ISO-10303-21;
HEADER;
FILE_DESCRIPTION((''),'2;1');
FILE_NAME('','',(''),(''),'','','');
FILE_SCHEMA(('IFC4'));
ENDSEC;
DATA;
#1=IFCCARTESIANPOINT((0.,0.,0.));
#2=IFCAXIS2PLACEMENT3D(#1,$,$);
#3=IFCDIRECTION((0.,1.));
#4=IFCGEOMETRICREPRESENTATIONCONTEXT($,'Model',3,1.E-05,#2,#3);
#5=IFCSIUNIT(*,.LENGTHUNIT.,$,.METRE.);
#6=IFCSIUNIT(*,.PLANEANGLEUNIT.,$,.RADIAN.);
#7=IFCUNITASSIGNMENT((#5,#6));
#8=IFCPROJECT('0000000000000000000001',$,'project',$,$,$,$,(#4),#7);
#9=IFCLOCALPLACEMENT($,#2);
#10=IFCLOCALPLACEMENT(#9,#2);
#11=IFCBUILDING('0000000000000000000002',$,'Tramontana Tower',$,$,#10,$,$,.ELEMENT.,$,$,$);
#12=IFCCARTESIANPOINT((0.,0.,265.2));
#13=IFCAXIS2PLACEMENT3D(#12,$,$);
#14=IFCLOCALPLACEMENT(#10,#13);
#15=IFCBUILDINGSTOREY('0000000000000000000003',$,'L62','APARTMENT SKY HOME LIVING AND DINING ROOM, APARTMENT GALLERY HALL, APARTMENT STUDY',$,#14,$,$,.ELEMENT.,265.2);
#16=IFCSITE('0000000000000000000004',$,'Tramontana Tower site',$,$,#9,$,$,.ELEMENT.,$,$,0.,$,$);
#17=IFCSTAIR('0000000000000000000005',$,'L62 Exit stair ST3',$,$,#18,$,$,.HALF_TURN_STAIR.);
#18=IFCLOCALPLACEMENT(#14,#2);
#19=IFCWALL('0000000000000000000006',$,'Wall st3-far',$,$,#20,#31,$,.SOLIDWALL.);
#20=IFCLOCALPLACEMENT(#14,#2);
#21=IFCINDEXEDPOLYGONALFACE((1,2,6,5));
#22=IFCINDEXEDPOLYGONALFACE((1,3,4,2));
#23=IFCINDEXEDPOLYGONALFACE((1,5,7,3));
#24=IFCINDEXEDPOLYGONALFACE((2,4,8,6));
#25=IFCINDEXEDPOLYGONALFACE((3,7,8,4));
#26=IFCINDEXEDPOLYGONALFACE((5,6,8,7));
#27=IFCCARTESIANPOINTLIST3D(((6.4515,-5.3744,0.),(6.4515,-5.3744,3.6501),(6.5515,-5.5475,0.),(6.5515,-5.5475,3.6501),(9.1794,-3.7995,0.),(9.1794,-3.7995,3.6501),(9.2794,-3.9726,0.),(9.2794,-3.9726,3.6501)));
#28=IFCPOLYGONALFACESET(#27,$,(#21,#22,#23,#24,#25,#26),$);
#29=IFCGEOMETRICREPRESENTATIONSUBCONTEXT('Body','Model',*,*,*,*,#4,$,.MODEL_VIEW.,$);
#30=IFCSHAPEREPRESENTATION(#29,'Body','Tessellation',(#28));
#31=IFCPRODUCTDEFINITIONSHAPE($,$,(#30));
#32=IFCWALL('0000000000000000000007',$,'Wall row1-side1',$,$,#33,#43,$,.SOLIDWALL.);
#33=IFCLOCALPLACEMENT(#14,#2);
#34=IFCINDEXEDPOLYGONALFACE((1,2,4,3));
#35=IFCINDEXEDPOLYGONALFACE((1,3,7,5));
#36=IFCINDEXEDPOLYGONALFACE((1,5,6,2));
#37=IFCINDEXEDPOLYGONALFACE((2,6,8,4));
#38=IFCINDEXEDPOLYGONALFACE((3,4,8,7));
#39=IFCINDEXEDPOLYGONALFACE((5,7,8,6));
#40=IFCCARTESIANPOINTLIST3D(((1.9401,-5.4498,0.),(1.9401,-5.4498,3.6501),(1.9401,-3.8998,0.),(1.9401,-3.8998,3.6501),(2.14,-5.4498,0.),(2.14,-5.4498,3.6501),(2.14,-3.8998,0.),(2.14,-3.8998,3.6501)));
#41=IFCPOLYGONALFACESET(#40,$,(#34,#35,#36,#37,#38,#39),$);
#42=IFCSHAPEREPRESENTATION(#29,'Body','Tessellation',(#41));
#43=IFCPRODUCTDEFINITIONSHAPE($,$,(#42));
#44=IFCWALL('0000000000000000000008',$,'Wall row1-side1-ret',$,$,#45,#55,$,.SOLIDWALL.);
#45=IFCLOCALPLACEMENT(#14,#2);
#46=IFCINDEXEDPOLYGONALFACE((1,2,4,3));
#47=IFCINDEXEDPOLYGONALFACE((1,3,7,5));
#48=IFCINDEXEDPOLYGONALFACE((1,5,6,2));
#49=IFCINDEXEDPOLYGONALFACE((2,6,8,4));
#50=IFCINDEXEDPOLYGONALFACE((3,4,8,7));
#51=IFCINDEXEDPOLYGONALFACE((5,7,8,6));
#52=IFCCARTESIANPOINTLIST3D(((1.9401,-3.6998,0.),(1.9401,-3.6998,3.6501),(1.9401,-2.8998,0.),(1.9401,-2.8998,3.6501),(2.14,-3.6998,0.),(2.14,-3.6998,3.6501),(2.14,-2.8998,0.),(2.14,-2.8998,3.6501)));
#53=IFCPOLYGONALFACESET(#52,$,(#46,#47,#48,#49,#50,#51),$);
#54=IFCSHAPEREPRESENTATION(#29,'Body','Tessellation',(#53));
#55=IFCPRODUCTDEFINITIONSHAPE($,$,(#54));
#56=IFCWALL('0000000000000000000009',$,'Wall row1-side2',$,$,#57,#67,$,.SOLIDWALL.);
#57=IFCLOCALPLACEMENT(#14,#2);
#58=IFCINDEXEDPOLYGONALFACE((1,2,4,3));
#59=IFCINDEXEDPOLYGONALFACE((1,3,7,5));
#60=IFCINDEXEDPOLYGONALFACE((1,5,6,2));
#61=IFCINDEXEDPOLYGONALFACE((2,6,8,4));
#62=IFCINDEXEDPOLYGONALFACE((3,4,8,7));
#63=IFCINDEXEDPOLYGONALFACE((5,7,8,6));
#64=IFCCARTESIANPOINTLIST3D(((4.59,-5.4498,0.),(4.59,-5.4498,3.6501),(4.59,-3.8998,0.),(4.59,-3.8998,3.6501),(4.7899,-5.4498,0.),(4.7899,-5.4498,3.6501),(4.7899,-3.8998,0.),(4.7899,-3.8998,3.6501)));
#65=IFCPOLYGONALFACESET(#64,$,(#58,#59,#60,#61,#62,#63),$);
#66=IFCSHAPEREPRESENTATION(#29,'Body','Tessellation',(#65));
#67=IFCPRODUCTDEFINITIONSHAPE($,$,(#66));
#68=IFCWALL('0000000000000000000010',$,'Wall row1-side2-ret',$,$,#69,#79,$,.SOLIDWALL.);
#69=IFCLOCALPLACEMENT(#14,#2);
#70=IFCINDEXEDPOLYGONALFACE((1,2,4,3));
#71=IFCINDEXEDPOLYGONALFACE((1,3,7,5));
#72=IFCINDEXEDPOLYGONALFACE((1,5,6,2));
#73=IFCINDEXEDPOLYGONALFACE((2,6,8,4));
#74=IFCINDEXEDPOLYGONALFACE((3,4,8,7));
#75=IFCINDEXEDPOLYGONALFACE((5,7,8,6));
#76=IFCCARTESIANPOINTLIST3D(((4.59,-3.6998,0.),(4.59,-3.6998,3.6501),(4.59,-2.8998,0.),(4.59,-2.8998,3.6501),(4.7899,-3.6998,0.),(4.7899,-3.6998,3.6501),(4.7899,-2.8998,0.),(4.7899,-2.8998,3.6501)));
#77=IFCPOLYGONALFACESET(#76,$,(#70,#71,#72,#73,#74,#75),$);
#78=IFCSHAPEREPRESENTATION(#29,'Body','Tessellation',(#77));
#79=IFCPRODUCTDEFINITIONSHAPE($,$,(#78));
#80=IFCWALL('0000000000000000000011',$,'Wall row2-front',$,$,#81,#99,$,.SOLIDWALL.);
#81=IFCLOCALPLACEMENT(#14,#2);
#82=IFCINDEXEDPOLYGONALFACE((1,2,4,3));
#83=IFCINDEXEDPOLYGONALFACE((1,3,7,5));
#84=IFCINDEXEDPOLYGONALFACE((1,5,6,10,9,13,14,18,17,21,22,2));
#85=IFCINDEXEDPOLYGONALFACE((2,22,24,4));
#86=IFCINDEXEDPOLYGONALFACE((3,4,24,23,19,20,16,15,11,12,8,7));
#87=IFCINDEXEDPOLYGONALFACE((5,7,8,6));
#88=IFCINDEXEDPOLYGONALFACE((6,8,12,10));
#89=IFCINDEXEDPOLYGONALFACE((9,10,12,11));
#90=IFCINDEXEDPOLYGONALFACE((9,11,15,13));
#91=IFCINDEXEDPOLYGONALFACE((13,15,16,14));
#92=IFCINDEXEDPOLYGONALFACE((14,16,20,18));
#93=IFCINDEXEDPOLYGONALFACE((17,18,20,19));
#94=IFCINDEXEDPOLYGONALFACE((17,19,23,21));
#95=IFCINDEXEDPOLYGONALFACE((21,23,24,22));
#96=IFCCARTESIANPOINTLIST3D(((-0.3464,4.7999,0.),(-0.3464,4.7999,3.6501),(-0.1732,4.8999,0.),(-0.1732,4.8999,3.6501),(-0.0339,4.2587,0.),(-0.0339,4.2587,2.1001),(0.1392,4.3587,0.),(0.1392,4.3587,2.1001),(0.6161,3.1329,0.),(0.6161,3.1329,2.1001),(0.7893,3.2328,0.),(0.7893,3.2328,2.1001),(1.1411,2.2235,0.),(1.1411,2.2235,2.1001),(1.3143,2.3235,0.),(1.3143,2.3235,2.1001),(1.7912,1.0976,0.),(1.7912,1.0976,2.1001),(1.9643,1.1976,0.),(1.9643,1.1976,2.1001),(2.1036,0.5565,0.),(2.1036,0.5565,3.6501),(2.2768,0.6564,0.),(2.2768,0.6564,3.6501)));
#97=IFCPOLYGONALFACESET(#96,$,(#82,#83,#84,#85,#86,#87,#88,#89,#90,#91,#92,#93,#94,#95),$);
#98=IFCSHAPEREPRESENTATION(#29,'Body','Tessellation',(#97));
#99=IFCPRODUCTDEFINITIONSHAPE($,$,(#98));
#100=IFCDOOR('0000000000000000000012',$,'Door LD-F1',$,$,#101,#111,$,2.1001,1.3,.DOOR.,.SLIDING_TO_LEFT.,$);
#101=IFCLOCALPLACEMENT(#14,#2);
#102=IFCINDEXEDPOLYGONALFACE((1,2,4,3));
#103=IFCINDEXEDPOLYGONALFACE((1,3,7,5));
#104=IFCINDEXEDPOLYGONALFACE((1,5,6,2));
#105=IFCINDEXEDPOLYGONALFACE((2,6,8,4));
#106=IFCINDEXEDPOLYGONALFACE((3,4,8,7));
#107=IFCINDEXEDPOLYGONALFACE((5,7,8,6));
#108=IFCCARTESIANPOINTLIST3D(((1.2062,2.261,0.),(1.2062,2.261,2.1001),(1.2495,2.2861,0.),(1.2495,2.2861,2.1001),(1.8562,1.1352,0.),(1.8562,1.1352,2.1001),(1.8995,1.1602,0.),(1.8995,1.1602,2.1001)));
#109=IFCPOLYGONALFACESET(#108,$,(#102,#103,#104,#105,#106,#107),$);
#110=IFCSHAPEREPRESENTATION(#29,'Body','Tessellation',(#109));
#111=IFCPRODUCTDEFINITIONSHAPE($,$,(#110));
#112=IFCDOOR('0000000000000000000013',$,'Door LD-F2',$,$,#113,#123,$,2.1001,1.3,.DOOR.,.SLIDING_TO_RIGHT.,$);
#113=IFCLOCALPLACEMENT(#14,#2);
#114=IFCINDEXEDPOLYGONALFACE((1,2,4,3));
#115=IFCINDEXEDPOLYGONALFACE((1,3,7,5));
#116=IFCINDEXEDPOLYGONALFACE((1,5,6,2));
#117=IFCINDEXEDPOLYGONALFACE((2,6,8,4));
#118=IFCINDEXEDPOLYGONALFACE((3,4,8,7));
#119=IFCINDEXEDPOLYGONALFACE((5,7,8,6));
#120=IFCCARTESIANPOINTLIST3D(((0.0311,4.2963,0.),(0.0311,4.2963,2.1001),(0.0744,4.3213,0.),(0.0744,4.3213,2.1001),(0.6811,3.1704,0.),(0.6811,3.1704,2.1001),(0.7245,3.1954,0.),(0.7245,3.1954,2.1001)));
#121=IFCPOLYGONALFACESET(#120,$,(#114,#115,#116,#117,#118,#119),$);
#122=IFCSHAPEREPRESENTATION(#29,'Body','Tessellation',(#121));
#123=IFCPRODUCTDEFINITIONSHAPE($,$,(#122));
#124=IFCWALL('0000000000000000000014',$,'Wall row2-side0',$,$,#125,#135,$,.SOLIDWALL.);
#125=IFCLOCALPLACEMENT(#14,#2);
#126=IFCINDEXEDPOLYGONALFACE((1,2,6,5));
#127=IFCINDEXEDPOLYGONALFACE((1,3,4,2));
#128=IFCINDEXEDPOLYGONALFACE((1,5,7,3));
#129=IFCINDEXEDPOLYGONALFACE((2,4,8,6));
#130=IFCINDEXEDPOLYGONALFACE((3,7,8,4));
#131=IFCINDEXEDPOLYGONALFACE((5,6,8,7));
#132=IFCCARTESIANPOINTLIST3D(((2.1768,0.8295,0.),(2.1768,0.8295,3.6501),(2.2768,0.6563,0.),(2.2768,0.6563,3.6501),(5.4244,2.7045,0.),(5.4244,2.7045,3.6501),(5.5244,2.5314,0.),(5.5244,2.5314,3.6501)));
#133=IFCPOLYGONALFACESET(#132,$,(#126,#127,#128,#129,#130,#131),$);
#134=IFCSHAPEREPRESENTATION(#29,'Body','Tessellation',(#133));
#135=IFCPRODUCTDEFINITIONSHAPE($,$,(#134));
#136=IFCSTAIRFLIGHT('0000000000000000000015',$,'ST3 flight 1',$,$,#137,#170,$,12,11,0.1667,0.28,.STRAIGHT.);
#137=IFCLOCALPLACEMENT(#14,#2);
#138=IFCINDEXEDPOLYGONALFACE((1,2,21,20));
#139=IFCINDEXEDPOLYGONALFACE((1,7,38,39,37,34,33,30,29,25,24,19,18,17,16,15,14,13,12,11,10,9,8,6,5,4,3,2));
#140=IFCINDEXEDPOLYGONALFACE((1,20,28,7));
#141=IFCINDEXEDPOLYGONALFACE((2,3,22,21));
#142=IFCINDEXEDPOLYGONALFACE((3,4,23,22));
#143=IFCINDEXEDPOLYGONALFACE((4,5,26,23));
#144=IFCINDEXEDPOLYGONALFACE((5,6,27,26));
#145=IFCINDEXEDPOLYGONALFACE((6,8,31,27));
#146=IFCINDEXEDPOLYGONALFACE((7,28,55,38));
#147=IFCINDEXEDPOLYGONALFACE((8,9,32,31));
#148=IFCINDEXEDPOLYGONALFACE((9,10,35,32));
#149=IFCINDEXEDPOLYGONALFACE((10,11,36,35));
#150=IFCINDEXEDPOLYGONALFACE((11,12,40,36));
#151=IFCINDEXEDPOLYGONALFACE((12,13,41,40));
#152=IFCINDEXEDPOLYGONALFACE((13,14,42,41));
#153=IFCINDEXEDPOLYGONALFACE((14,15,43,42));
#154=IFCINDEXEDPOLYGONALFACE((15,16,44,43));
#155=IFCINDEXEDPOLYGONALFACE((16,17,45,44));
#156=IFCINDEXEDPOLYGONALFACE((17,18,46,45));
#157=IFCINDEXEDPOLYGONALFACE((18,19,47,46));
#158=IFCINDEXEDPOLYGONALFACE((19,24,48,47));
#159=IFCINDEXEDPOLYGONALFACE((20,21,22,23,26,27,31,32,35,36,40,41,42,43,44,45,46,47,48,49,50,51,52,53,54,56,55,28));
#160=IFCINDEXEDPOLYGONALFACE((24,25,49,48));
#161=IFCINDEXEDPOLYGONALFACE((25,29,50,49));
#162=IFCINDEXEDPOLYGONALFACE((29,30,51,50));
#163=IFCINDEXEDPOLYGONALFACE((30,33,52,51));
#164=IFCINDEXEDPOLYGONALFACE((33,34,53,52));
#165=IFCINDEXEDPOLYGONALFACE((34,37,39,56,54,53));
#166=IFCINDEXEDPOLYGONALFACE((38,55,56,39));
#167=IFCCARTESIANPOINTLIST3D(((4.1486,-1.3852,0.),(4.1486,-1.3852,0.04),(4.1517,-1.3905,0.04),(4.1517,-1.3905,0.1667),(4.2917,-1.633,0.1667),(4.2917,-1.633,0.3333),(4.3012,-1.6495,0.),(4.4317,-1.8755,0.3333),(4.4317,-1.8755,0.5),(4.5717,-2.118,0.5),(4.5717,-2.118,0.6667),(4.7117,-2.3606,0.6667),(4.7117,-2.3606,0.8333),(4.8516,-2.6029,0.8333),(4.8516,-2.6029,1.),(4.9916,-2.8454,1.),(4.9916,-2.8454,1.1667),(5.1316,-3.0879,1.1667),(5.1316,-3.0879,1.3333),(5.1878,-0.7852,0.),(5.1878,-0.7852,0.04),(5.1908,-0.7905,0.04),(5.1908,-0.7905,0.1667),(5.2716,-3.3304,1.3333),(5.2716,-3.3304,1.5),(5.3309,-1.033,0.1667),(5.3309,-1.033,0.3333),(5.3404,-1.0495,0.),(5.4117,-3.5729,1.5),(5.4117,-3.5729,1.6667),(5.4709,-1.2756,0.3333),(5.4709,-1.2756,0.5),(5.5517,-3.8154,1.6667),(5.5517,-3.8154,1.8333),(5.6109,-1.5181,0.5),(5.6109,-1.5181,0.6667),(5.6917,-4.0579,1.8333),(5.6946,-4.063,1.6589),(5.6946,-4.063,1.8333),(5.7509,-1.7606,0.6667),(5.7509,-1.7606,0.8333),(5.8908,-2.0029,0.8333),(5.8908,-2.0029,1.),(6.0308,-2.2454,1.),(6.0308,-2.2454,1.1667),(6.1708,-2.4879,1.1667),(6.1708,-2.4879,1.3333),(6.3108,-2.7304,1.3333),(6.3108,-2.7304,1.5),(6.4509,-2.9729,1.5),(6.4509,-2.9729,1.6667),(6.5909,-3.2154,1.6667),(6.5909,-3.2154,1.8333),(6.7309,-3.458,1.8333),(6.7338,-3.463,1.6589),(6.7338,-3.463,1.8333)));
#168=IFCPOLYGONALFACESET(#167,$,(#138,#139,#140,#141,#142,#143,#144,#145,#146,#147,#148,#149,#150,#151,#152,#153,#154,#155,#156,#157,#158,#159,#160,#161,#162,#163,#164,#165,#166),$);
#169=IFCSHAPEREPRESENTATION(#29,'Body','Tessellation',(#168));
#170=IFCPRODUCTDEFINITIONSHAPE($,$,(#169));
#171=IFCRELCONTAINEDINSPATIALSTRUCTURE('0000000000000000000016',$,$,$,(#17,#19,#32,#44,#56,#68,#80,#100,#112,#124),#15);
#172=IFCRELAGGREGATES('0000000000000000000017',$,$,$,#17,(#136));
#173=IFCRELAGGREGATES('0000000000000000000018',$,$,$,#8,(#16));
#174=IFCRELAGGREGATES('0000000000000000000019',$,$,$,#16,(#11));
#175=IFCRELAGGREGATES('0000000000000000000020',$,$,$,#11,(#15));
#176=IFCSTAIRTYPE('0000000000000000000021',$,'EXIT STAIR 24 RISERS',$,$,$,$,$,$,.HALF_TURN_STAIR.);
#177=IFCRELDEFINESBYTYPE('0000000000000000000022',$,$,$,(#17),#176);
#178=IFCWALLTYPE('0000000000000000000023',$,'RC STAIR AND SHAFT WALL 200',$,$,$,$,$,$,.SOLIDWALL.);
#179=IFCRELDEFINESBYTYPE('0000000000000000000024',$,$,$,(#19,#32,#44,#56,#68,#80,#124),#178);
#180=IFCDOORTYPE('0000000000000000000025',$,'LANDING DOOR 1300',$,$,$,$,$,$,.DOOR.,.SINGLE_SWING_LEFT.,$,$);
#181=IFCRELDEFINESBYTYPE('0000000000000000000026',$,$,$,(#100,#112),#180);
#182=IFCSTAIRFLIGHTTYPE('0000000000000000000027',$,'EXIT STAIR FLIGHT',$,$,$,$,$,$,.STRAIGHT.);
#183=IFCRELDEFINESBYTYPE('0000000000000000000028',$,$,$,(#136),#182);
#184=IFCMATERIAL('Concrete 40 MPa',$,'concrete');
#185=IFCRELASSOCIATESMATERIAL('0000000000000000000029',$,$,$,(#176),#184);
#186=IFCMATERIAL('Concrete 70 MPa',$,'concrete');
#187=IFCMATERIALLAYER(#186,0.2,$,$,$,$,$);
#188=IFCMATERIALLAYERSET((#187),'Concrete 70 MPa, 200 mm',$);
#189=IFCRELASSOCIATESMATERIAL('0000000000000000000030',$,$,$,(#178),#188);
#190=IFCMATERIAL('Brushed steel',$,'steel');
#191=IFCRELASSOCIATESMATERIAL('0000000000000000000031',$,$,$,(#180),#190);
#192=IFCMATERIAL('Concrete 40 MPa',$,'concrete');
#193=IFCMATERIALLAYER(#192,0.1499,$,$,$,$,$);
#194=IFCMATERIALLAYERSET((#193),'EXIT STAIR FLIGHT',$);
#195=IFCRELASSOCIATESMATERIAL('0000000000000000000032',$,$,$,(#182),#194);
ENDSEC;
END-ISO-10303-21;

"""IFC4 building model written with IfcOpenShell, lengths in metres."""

from ifc_helpers import new_model, si_unit, direction, frame, frame_2d, origin, place, context, subcontext, project, spatial, polyline, rectangle, outline, extrude, material, layer, layer_set, type_object, element, fill, aggregate, save


model = new_model("IFC4")

# Units and contexts
model_context = context("Model", 3, precision=1e-05, world=origin(), true_north=direction((0.0, 1.0)))
body_context = subcontext(model_context, "Body", "Model", "MODEL_VIEW")
ifc_project = project(units=[si_unit("LENGTHUNIT", "METRE"), si_unit("PLANEANGLEUNIT", "RADIAN")], contexts=[model_context])

# Site, building, storey
site_placement = place(None, origin())
site = spatial("IfcSite", under=ifc_project, at=site_placement, Name="Tramontana Tower site", CompositionType="ELEMENT", RefElevation=0.0)
building_placement = place(site_placement, origin())
building = spatial("IfcBuilding", under=site, at=building_placement, Name="Tramontana Tower", CompositionType="ELEMENT")
storey_placement = place(building_placement, frame((0.0, 0.0, 265.2)))
storey = spatial("IfcBuildingStorey", under=building, at=storey_placement, Name="L62", Description="APARTMENT SKY HOME LIVING AND DINING ROOM, APARTMENT GALLERY HALL, APARTMENT STUDY", CompositionType="ELEMENT", Elevation=265.2)

# Stair
ifc_material_1 = material(Name="Concrete 40 MPa", Category="concrete")
stair_type = type_object("IfcStairType", Name="EXIT STAIR 24 RISERS", PredefinedType="HALF_TURN_STAIR", material=ifc_material_1)
stair_1_placement = place(storey_placement, origin())
stair_1 = element("IfcStair", 1, at=stair_1_placement, inside=storey, type_object=stair_type, Name="L62 Exit stair ST3", PredefinedType="HALF_TURN_STAIR")

# Wall
ifc_material_2 = material(Name="Concrete 70 MPa", Category="concrete")
ifc_layer_1 = layer(ifc_material_2, 0.2)
ifc_layer_set_1 = layer_set([ifc_layer_1], Name="Concrete 70 MPa, 200 mm")
wall_type = type_object("IfcWallType", Name="RC STAIR AND SHAFT WALL 200", PredefinedType="SOLIDWALL", material=ifc_layer_set_1)
wall_1_placement = place(storey_placement, frame((6.5015, -5.4609, 0.0), z_axis=(0.0, 0.0, 1.0), x_axis=(0.866036, 0.499982, 0.0)))
element("IfcWall", 2, at=wall_1_placement, inside=storey, type_object=wall_type, Name="Wall st3-far", PredefinedType="SOLIDWALL", context=body_context, shape_type="SweptSolid", body=[
    extrude(rectangle(XDim=3.1499, YDim=0.2, at=frame_2d((1.575, 0.0))), origin(), (0.0, 0.0, 1.0), 3.6501),
])

# Walls
wall_2_placement = place(storey_placement, frame((2.04, -3.8999, 0.0), z_axis=(0.0, 0.0, 1.0), x_axis=(0.0, -1.0, 0.0)))
element("IfcWall", 3, at=wall_2_placement, inside=storey, type_object=wall_type, Name="Wall row1-side1", PredefinedType="SOLIDWALL", context=body_context, shape_type="SweptSolid", body=[
    extrude(rectangle(XDim=1.55, YDim=0.2, at=frame_2d((0.7749, 0.0))), origin(), (0.0, 0.0, 1.0), 3.6501),
])
wall_3_placement = place(storey_placement, frame((2.04, -2.8999, 0.0), z_axis=(0.0, 0.0, 1.0), x_axis=(0.0, -1.0, 0.0)))
element("IfcWall", 4, at=wall_3_placement, inside=storey, type_object=wall_type, Name="Wall row1-side1-ret", PredefinedType="SOLIDWALL", context=body_context, shape_type="SweptSolid", body=[
    extrude(rectangle(XDim=0.8, YDim=0.2, at=frame_2d((0.3999, 0.0))), origin(), (0.0, 0.0, 1.0), 3.6501),
])
wall_4_placement = place(storey_placement, frame((4.6899, -3.8999, 0.0), z_axis=(0.0, 0.0, 1.0), x_axis=(0.0, -1.0, 0.0)))
element("IfcWall", 5, at=wall_4_placement, inside=storey, type_object=wall_type, Name="Wall row1-side2", PredefinedType="SOLIDWALL", context=body_context, shape_type="SweptSolid", body=[
    extrude(rectangle(XDim=1.55, YDim=0.2, at=frame_2d((0.7749, 0.0))), origin(), (0.0, 0.0, 1.0), 3.6501),
])
wall_5_placement = place(storey_placement, frame((4.6899, -2.8999, 0.0), z_axis=(0.0, 0.0, 1.0), x_axis=(0.0, -1.0, 0.0)))
element("IfcWall", 6, at=wall_5_placement, inside=storey, type_object=wall_type, Name="Wall row1-side2-ret", PredefinedType="SOLIDWALL", context=body_context, shape_type="SweptSolid", body=[
    extrude(rectangle(XDim=0.8, YDim=0.2, at=frame_2d((0.3999, 0.0))), origin(), (0.0, 0.0, 1.0), 3.6501),
])

# Wall, openings, doors
wall_6_placement = place(storey_placement, frame((2.1902, 0.6064, 0.0), z_axis=(0.0, 0.0, 1.0), x_axis=(-0.500003, 0.866024, 0.0)))
wall_6 = element("IfcWall", 7, at=wall_6_placement, inside=storey, type_object=wall_type, Name="Wall row2-front", PredefinedType="SOLIDWALL", context=body_context, shape_type="SweptSolid", body=[
    extrude(rectangle(XDim=4.8999, YDim=0.2, at=frame_2d((2.45, 0.0))), origin(), (0.0, 0.0, 1.0), 3.6501),
])
opening_1_placement = place(wall_6_placement, frame((0.625, 0.0, 0.0)))
opening_1 = element("IfcOpeningElement", 8, at=opening_1_placement, cuts=wall_6, PredefinedType="OPENING", context=body_context, shape_type="SweptSolid", body=[
    extrude(rectangle(XDim=1.3, YDim=2.1001, at=frame_2d((0.6499, 1.05))), frame((0.0, 0.1099, 0.0), z_axis=(0.0, -1.0, 0.0), x_axis=(1.0, 0.0, 0.0)), (0.0, 0.0, 1.0), 0.22),
])
opening_2_placement = place(wall_6_placement, frame((2.9751, 0.0, 0.0)))
opening_2 = element("IfcOpeningElement", 9, at=opening_2_placement, cuts=wall_6, PredefinedType="OPENING", context=body_context, shape_type="SweptSolid", body=[
    extrude(rectangle(XDim=1.3, YDim=2.1001, at=frame_2d((0.6499, 1.05))), frame((0.0, 0.1099, 0.0), z_axis=(0.0, -1.0, 0.0), x_axis=(1.0, 0.0, 0.0)), (0.0, 0.0, 1.0), 0.22),
])
ifc_material_3 = material(Name="Brushed steel", Category="steel")
door_type_1 = type_object("IfcDoorType", Name="LANDING DOOR 1300", OperationType="SINGLE_SWING_LEFT", PredefinedType="DOOR", material=ifc_material_3)
door_1_placement = place(opening_1_placement, origin())
door_1 = element("IfcDoor", 10, at=door_1_placement, inside=storey, type_object=door_type_1, Name="Door LD-F1", OperationType="SLIDING_TO_LEFT", OverallHeight=2.1001, OverallWidth=1.3, PredefinedType="DOOR", context=body_context, shape_type="SweptSolid", body=[
    extrude(rectangle(XDim=1.3, YDim=2.1001, at=frame_2d((0.6499, 1.05))), frame((0.0, 0.0249, 0.0), z_axis=(0.0, -1.0, 0.0), x_axis=(1.0, 0.0, 0.0)), (0.0, 0.0, 1.0), 0.05),
])
fill(opening_1, door_1)
door_2_placement = place(opening_2_placement, origin())
door_2 = element("IfcDoor", 11, at=door_2_placement, inside=storey, type_object=door_type_1, Name="Door LD-F2", OperationType="SLIDING_TO_RIGHT", OverallHeight=2.1001, OverallWidth=1.3, PredefinedType="DOOR", context=body_context, shape_type="SweptSolid", body=[
    extrude(rectangle(XDim=1.3, YDim=2.1001, at=frame_2d((0.6499, 1.05))), frame((0.0, 0.0249, 0.0), z_axis=(0.0, -1.0, 0.0), x_axis=(1.0, 0.0, 0.0)), (0.0, 0.0, 1.0), 0.05),
])
fill(opening_2, door_2)

# Wall
wall_7_placement = place(storey_placement, frame((2.2268, 0.7429, 0.0), z_axis=(0.0, 0.0, 1.0), x_axis=(0.866023, 0.500004, 0.0)))
element("IfcWall", 12, at=wall_7_placement, inside=storey, type_object=wall_type, Name="Wall row2-side0", PredefinedType="SOLIDWALL", context=body_context, shape_type="SweptSolid", body=[
    extrude(rectangle(XDim=3.75, YDim=0.2, at=frame_2d((1.875, 0.0))), origin(), (0.0, 0.0, 1.0), 3.6501),
])

# Stair flight
ifc_material_4 = material(Name="Concrete 40 MPa", Category="concrete")
ifc_layer_2 = layer(ifc_material_4, 0.1499)
ifc_layer_set_2 = layer_set([ifc_layer_2], Name="EXIT STAIR FLIGHT")
stair_flight_type = type_object("IfcStairFlightType", Name="EXIT STAIR FLIGHT", PredefinedType="STRAIGHT", material=ifc_layer_set_2)
stair_flight_placement = place(storey_placement, frame((4.6711, -1.0906, 0.0), z_axis=(0.0, 0.0, 1.0), x_axis=(0.5, -0.866025, 0.0)))
stair_flight = element("IfcStairFlight", 13, at=stair_flight_placement, type_object=stair_flight_type, Name="ST3 flight 1", NumberOfRisers=12, NumberOfTreads=11, PredefinedType="STRAIGHT", RiserHeight=0.1667, TreadLength=0.28, context=body_context, shape_type="SweptSolid", body=[
    extrude(outline(polyline([(-0.0061, 0.0), (-0.0061, 0.04), (0.0, 0.04), (0.0, 0.1667), (0.28, 0.1667), (0.28, 0.3333), (0.5601, 0.3333), (0.5601, 0.5), (0.8401, 0.5), (0.8401, 0.6667), (1.1201, 0.6667), (1.1201, 0.8333), (1.3999, 0.8333), (1.3999, 1.0), (1.6799, 1.0), (1.6799, 1.1667), (1.96, 1.1667), (1.96, 1.3333), (2.24, 1.3333), (2.24, 1.5), (2.52, 1.5), (2.52, 1.6667), (2.8, 1.6667), (2.8, 1.8333), (3.0801, 1.8333), (3.0859, 1.8333), (3.0859, 1.6589), (0.2991, 0.0), (-0.0061, 0.0)])), frame((0.0, 0.6001, 0.0), z_axis=(0.0, -1.0, 0.0), x_axis=(1.0, 0.0, 0.0)), (0.0, 0.0, 1.0), 1.2),
])
aggregate(stair_1, [stair_flight])

save(model, "model.ifc")
